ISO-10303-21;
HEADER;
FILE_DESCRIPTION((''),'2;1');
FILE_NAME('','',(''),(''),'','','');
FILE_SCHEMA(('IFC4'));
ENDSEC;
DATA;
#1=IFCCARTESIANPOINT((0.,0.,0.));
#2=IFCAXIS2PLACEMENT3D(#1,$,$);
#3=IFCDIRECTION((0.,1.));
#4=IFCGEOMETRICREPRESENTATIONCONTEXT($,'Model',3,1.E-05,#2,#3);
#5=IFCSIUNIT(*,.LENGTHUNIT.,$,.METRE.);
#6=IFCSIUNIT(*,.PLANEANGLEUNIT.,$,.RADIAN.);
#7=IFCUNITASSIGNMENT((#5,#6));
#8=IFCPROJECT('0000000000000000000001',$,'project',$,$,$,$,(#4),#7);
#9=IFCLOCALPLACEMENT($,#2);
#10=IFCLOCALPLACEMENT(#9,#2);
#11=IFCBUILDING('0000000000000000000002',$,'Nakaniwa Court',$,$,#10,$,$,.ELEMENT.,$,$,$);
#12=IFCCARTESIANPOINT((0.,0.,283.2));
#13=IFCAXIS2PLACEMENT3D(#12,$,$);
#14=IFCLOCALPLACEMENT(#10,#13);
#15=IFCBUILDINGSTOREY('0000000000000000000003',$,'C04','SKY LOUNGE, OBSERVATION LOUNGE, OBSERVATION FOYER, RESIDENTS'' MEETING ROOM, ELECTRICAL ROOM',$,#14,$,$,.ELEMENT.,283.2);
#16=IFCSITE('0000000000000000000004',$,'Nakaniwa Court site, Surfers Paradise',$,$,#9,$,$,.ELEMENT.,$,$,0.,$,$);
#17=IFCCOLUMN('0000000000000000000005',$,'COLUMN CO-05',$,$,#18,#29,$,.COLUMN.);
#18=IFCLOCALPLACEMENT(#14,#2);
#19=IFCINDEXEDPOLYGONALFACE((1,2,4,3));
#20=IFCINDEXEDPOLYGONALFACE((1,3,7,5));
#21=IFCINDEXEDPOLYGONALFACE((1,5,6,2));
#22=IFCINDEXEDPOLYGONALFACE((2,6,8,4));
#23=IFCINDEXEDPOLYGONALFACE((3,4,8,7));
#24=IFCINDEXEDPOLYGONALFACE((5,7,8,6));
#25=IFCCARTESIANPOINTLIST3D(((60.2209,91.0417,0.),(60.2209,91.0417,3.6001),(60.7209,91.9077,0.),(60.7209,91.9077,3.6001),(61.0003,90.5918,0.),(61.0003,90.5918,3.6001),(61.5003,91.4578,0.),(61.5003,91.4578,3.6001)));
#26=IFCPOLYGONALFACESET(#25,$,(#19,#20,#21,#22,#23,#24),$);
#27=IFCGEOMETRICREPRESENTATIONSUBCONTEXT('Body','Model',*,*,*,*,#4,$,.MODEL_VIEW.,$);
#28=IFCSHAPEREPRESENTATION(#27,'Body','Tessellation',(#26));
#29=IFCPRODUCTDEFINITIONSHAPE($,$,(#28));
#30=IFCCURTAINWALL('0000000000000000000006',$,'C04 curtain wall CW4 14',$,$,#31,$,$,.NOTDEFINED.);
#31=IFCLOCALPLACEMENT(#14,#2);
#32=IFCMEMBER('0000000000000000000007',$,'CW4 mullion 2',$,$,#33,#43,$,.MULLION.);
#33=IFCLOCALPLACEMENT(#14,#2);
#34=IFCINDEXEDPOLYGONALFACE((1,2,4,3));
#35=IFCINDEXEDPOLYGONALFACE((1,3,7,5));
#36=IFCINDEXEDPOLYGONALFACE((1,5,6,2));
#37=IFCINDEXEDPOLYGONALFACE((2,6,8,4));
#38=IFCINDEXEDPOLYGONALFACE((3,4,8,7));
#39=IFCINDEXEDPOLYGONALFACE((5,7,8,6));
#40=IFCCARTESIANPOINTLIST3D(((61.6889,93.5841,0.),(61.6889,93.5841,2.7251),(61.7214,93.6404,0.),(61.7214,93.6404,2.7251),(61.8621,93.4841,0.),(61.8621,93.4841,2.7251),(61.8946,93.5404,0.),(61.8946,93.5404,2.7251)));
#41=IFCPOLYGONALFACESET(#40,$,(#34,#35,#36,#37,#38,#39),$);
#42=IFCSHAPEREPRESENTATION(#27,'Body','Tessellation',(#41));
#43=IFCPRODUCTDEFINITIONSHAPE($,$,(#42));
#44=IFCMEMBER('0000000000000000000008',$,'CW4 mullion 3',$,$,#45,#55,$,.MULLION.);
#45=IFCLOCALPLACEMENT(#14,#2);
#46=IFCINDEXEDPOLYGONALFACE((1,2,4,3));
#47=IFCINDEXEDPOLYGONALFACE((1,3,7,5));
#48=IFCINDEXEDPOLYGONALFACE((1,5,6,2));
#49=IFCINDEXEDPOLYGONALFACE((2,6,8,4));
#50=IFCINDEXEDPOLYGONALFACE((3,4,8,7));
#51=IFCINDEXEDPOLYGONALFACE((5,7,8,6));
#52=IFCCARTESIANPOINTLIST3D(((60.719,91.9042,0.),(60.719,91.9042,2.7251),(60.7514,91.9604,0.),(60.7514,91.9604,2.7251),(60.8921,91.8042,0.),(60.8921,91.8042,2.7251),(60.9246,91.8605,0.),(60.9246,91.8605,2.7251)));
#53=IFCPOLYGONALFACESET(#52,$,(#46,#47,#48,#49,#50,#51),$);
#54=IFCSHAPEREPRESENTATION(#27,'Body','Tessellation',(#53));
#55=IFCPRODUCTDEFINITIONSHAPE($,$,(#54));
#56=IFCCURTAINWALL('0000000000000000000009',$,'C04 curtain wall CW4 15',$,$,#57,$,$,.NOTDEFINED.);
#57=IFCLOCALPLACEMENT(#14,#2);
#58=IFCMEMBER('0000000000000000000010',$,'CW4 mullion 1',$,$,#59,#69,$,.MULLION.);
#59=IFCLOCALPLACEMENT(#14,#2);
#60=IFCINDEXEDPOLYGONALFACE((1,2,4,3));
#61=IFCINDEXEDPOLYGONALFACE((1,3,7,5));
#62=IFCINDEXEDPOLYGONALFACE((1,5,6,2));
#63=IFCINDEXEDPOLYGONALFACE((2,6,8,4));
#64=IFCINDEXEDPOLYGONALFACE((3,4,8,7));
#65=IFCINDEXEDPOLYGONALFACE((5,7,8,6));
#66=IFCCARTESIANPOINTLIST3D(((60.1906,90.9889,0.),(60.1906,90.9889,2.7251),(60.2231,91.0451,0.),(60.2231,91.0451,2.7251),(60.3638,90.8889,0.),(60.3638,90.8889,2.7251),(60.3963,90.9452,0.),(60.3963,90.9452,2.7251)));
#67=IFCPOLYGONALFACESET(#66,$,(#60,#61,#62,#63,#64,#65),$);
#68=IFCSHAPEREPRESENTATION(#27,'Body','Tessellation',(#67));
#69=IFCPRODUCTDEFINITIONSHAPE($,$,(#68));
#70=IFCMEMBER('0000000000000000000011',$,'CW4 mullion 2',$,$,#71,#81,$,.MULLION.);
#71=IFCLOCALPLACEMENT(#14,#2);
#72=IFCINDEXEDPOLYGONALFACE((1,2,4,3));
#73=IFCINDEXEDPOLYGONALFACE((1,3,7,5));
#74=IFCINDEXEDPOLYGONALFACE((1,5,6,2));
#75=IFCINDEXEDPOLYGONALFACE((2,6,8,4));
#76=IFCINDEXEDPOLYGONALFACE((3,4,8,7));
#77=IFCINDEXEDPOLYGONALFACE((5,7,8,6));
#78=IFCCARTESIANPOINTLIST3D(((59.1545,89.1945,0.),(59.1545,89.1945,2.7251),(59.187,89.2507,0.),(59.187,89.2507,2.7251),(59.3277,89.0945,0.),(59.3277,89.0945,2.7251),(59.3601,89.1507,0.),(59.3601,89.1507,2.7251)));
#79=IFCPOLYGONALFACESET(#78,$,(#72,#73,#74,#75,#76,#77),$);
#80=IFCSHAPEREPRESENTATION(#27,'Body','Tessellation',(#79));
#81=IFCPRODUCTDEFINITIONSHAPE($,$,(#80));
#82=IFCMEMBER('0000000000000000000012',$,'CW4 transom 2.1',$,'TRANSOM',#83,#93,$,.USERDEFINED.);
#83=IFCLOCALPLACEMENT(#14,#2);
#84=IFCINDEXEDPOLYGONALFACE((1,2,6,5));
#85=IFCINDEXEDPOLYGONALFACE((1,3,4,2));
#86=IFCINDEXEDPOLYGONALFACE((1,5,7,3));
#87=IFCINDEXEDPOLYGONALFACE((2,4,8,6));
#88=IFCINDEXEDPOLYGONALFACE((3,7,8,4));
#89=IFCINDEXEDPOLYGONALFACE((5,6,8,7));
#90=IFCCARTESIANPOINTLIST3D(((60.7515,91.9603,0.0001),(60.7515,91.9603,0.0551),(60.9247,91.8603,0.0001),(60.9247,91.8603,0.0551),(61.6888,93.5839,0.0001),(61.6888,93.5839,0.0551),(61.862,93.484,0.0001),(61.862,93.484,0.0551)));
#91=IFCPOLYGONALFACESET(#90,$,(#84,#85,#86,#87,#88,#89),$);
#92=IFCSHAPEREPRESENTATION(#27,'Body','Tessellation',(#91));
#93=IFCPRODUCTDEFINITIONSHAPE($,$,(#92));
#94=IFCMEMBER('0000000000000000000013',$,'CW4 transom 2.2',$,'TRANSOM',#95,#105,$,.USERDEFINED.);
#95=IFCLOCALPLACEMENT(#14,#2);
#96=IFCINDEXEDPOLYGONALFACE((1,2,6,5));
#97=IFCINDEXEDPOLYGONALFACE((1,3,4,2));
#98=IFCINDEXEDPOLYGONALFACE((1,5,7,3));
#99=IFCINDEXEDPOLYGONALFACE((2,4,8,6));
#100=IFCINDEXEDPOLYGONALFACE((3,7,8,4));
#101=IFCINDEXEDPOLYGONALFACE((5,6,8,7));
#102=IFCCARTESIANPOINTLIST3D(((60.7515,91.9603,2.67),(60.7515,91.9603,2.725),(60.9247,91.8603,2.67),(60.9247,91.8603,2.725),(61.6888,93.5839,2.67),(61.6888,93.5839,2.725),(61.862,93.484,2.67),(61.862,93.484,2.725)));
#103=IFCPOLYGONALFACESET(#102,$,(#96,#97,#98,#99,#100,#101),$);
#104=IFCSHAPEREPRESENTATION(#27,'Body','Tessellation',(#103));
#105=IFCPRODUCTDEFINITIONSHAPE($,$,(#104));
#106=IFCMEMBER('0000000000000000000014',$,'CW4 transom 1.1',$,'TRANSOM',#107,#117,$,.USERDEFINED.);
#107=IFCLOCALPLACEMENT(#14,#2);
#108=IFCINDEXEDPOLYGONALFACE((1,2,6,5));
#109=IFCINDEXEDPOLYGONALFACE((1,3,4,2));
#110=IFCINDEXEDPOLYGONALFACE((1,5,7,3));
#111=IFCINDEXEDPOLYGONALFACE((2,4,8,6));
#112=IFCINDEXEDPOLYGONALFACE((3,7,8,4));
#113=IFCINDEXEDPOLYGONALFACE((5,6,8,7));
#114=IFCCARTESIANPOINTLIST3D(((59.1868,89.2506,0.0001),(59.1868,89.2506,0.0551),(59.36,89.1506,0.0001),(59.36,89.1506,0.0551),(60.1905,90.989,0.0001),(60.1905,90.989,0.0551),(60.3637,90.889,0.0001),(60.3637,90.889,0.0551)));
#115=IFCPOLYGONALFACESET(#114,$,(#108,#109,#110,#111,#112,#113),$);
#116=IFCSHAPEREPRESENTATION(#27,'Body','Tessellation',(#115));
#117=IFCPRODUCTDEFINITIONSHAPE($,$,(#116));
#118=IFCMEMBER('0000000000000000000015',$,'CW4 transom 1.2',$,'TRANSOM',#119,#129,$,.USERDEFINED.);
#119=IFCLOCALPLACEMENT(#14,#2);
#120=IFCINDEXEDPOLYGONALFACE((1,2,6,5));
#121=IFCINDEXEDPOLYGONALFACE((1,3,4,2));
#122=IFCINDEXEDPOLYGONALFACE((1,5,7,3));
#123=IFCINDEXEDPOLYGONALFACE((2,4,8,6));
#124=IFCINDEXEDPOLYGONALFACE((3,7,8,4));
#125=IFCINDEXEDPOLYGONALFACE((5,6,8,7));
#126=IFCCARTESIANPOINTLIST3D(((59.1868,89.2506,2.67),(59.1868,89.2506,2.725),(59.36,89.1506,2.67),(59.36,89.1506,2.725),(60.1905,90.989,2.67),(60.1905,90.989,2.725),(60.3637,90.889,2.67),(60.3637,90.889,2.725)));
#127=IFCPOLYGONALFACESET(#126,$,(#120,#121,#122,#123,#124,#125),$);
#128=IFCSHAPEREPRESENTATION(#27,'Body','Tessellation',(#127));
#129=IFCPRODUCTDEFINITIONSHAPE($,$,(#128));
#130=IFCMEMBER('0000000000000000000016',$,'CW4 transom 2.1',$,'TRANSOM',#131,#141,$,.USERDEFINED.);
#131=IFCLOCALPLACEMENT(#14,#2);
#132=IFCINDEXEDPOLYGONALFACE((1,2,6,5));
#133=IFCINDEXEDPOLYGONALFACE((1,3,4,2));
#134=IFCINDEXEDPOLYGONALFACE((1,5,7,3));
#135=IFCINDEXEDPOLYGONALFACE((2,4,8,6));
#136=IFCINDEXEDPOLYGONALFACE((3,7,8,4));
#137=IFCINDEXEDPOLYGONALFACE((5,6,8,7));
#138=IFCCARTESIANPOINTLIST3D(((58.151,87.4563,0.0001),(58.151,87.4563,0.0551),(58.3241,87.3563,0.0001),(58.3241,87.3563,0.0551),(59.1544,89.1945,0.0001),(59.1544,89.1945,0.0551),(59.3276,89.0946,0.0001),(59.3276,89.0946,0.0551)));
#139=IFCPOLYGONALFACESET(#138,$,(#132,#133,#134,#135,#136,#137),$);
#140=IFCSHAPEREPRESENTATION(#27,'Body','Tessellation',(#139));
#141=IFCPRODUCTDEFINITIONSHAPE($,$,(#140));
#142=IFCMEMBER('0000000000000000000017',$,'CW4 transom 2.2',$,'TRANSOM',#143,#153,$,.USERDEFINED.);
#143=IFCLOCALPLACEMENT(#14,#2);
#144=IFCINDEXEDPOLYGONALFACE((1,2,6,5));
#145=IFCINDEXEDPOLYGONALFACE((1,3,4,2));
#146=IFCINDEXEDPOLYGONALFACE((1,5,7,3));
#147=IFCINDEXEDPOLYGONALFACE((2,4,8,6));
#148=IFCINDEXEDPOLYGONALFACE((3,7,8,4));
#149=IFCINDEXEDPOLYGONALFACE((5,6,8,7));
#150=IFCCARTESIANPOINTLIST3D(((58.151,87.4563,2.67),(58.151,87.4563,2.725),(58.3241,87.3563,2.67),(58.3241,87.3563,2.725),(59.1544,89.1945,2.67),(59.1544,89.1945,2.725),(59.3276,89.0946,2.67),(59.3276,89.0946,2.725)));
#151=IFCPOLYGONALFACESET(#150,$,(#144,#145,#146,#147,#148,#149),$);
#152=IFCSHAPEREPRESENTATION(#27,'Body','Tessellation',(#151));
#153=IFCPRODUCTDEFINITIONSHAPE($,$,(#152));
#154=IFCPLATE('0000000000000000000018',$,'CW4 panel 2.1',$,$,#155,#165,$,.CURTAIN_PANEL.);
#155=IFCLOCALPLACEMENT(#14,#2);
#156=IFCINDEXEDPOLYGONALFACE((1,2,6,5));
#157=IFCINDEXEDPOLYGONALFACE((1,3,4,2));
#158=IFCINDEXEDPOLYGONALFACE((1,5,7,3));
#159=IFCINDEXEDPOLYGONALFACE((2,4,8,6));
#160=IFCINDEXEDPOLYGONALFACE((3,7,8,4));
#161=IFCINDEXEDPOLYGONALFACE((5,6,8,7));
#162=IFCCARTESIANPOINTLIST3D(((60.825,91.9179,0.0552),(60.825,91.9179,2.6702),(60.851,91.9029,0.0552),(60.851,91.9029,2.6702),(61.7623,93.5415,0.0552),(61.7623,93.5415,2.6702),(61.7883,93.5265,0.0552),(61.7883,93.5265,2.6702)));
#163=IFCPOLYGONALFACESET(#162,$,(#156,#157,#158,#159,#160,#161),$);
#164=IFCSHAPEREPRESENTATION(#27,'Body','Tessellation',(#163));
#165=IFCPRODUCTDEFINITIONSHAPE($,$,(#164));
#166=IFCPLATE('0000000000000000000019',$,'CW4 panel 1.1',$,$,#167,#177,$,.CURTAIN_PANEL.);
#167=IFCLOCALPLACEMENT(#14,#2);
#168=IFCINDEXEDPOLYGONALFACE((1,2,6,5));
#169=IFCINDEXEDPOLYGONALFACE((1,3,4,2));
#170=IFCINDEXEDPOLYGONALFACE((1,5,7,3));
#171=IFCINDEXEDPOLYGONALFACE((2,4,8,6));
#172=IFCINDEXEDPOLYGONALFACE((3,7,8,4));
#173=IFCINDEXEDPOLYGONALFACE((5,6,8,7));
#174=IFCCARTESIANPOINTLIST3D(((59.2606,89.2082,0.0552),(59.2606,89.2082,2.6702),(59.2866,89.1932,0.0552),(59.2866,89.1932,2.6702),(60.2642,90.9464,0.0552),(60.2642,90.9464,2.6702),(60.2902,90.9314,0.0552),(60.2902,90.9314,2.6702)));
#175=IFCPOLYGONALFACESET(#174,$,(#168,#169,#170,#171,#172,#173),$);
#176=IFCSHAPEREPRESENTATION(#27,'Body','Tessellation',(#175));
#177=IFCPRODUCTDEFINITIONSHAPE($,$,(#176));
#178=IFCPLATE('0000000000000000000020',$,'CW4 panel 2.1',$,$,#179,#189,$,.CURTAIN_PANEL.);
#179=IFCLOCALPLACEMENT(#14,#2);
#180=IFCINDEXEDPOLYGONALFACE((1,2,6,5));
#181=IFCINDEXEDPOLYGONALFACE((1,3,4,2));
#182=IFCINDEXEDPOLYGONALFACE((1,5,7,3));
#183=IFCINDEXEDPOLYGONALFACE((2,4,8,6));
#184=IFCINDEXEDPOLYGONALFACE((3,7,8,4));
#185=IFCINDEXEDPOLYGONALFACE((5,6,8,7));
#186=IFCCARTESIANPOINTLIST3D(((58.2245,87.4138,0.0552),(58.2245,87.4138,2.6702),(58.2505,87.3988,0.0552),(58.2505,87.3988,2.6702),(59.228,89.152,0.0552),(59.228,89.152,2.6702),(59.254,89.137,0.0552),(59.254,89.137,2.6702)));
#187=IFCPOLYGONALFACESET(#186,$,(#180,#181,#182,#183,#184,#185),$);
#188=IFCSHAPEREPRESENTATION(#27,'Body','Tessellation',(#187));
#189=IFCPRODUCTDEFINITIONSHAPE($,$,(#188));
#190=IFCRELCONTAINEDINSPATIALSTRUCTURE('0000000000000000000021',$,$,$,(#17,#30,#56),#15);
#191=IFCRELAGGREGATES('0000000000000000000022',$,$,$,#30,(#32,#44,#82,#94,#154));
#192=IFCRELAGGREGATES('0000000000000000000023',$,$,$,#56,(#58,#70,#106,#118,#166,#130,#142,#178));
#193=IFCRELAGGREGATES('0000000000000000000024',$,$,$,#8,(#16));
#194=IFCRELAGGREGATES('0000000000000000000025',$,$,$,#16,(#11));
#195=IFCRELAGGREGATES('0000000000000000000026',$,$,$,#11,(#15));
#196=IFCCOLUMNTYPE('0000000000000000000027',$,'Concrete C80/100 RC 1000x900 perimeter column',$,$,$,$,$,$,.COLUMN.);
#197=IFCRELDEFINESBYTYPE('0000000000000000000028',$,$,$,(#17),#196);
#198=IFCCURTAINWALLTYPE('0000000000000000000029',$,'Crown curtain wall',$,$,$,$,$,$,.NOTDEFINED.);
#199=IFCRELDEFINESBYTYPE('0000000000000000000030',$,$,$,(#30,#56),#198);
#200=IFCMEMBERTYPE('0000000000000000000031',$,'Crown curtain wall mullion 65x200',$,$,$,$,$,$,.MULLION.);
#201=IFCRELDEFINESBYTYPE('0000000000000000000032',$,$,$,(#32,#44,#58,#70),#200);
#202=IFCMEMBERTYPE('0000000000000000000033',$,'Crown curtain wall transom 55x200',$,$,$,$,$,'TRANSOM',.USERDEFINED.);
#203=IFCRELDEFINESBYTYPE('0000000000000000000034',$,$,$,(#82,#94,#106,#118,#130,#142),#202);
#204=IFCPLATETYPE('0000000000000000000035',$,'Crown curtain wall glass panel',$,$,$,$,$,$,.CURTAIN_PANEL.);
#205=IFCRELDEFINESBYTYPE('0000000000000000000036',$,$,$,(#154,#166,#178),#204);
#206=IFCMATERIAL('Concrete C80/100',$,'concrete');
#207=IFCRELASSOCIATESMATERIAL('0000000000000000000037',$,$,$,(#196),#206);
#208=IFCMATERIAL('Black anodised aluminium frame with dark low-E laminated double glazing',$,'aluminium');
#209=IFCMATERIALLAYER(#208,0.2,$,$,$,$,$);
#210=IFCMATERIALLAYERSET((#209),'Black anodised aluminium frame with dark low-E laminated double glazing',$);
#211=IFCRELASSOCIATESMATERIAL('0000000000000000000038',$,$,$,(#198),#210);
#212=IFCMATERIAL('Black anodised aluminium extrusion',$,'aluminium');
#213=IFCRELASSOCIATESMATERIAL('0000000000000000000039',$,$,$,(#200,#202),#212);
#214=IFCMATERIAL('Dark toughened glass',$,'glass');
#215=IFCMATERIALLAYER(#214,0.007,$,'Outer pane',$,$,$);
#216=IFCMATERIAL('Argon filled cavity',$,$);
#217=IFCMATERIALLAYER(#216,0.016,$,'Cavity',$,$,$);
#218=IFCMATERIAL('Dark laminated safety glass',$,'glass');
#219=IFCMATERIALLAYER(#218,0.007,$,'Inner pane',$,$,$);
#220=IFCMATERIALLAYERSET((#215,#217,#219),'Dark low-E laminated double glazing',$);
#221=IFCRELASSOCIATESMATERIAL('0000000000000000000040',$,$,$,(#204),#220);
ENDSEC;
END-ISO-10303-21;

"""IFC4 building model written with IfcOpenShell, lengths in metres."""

from ifc_helpers import new_model, si_unit, direction, frame, origin, origin_2d, place, context, subcontext, project, spatial, rectangle, extrude, material, layer, layer_set, material_profile, profile_set, type_object, element, aggregate, save


model = new_model("IFC4")

# Units and contexts
model_context = context("Model", 3, precision=1e-05, world=origin(), true_north=direction((0.0, 1.0)))
body_context = subcontext(model_context, "Body", "Model", "MODEL_VIEW")
ifc_project = project(units=[si_unit("LENGTHUNIT", "METRE"), si_unit("PLANEANGLEUNIT", "RADIAN")], contexts=[model_context])

# Site, building, storey
site_placement = place(None, origin())
site = spatial("IfcSite", under=ifc_project, at=site_placement, Name="Nakaniwa Court site, Surfers Paradise", CompositionType="ELEMENT", RefElevation=0.0)
building_placement = place(site_placement, origin())
building = spatial("IfcBuilding", under=site, at=building_placement, Name="Nakaniwa Court", CompositionType="ELEMENT")
storey_placement = place(building_placement, frame((0.0, 0.0, 283.2)))
storey = spatial("IfcBuildingStorey", under=building, at=storey_placement, Name="C04", Description="SKY LOUNGE, OBSERVATION LOUNGE, OBSERVATION FOYER, RESIDENTS' MEETING ROOM, ELECTRICAL ROOM", CompositionType="ELEMENT", Elevation=283.2)

# Column
ifc_material_1 = material(Name="Concrete C80/100", Category="concrete")
ifc_material_profile_1 = material_profile(ifc_material_1, rectangle(XDim=1.0, YDim=0.8999, at=origin_2d()), Name="Concrete C80/100 RC 1000x900 perimeter column")
ifc_profile_set_1 = profile_set([ifc_material_profile_1], Name="Concrete C80/100")
column_type = type_object("IfcColumnType", Name="Concrete C80/100 RC 1000x900 perimeter column", PredefinedType="COLUMN", material=ifc_profile_set_1)
column_placement = place(storey_placement, frame((60.8606, 91.2498, 0.0), z_axis=(0.0, 0.0, 1.0), x_axis=(-0.5, -0.866025, 0.0)))
element("IfcColumn", 1, at=column_placement, inside=storey, type_object=column_type, Name="COLUMN CO-05", PredefinedType="COLUMN", context=body_context, shape_type="SweptSolid", body=[
    extrude(rectangle(XDim=1.0, YDim=0.8999, at=origin_2d()), origin(), (0.0, 0.0, 1.0), 3.6001),
])

# Curtain walls, members
ifc_material_2 = material(Name="Black anodised aluminium frame with dark low-E laminated double glazing", Category="aluminium")
ifc_layer_1 = layer(ifc_material_2, 0.2)
ifc_layer_set_1 = layer_set([ifc_layer_1], Name="Black anodised aluminium frame with dark low-E laminated double glazing")
curtain_wall_type = type_object("IfcCurtainWallType", Name="Crown curtain wall", PredefinedType="NOTDEFINED", material=ifc_layer_set_1)
curtain_wall_1_placement = place(storey_placement, origin())
curtain_wall_1 = element("IfcCurtainWall", 2, at=curtain_wall_1_placement, inside=storey, type_object=curtain_wall_type, Name="C04 curtain wall CW4 14", PredefinedType="NOTDEFINED")
ifc_material_3 = material(Name="Black anodised aluminium extrusion", Category="aluminium")
ifc_material_profile_2 = material_profile(ifc_material_3, rectangle(XDim=0.2, YDim=0.0649, at=origin_2d()), Name="Crown curtain wall mullion 65x200")
ifc_profile_set_2 = profile_set([ifc_material_profile_2], Name="Black anodised aluminium extrusion")
member_type_1 = type_object("IfcMemberType", Name="Crown curtain wall mullion 65x200", PredefinedType="MULLION", material=ifc_profile_set_2)
member_1_placement = place(storey_placement, frame((61.7917, 93.5623, 0.0), z_axis=(0.0, 0.0, 1.0), x_axis=(0.866033, -0.499987, 0.0)))
member_1 = element("IfcMember", 3, at=member_1_placement, type_object=member_type_1, Name="CW4 mullion 2", PredefinedType="MULLION", context=body_context, shape_type="SweptSolid", body=[
    extrude(rectangle(XDim=0.2, YDim=0.0649, at=origin_2d()), origin(), (0.0, 0.0, 1.0), 2.7251),
])
member_2_placement = place(storey_placement, frame((60.8218, 91.8823, 0.0), z_axis=(0.0, 0.0, 1.0), x_axis=(0.866033, -0.499987, 0.0)))
member_2 = element("IfcMember", 4, at=member_2_placement, type_object=member_type_1, Name="CW4 mullion 3", PredefinedType="MULLION", context=body_context, shape_type="SweptSolid", body=[
    extrude(rectangle(XDim=0.2, YDim=0.0649, at=origin_2d()), origin(), (0.0, 0.0, 1.0), 2.7251),
])
curtain_wall_2_placement = place(storey_placement, origin())
curtain_wall_2 = element("IfcCurtainWall", 5, at=curtain_wall_2_placement, inside=storey, type_object=curtain_wall_type, Name="C04 curtain wall CW4 15", PredefinedType="NOTDEFINED")
member_3_placement = place(storey_placement, frame((60.2935, 90.967, 0.0), z_axis=(0.0, 0.0, 1.0), x_axis=(0.866021, -0.500008, 0.0)))
member_3 = element("IfcMember", 6, at=member_3_placement, type_object=member_type_1, Name="CW4 mullion 1", PredefinedType="MULLION", context=body_context, shape_type="SweptSolid", body=[
    extrude(rectangle(XDim=0.2, YDim=0.0649, at=origin_2d()), origin(), (0.0, 0.0, 1.0), 2.7251),
])
member_4_placement = place(storey_placement, frame((59.2573, 89.1726, 0.0), z_axis=(0.0, 0.0, 1.0), x_axis=(0.866021, -0.500008, 0.0)))
member_4 = element("IfcMember", 7, at=member_4_placement, type_object=member_type_1, Name="CW4 mullion 2", PredefinedType="MULLION", context=body_context, shape_type="SweptSolid", body=[
    extrude(rectangle(XDim=0.2, YDim=0.0649, at=origin_2d()), origin(), (0.0, 0.0, 1.0), 2.7251),
])

# Members
ifc_material_profile_3 = material_profile(ifc_material_3, rectangle(XDim=0.2, YDim=0.0549, at=origin_2d()), Name="Crown curtain wall transom 55x200")
ifc_profile_set_3 = profile_set([ifc_material_profile_3], Name="Black anodised aluminium extrusion")
member_type_2 = type_object("IfcMemberType", Name="Crown curtain wall transom 55x200", ElementType="TRANSOM", PredefinedType="USERDEFINED", material=ifc_profile_set_3)
member_5_placement = place(storey_placement, frame((61.7754, 93.5339, 0.0276), z_axis=(-0.499963, -0.866047, 0.0), x_axis=(0.866047, -0.499963, 0.0)))
member_5 = element("IfcMember", 8, at=member_5_placement, type_object=member_type_2, Name="CW4 transom 2.1", ObjectType="TRANSOM", PredefinedType="USERDEFINED", context=body_context, shape_type="SweptSolid", body=[
    extrude(rectangle(XDim=0.2, YDim=0.0549, at=origin_2d()), origin(), (0.0, 0.0, 1.0), 1.8748),
])
member_6_placement = place(storey_placement, frame((61.7754, 93.5339, 2.6975), z_axis=(-0.499963, -0.866047, 0.0), x_axis=(0.866047, -0.499963, 0.0)))
member_6 = element("IfcMember", 9, at=member_6_placement, type_object=member_type_2, Name="CW4 transom 2.2", ObjectType="TRANSOM", PredefinedType="USERDEFINED", context=body_context, shape_type="SweptSolid", body=[
    extrude(rectangle(XDim=0.2, YDim=0.0549, at=origin_2d()), origin(), (0.0, 0.0, 1.0), 1.8748),
])
member_7_placement = place(storey_placement, frame((60.2771, 90.939, 0.0276), z_axis=(-0.500024, -0.866011, 0.0), x_axis=(0.866011, -0.500024, 0.0)))
member_7 = element("IfcMember", 10, at=member_7_placement, type_object=member_type_2, Name="CW4 transom 1.1", ObjectType="TRANSOM", PredefinedType="USERDEFINED", context=body_context, shape_type="SweptSolid", body=[
    extrude(rectangle(XDim=0.2, YDim=0.0549, at=origin_2d()), origin(), (0.0, 0.0, 1.0), 2.0073),
])
member_8_placement = place(storey_placement, frame((60.2771, 90.939, 2.6975), z_axis=(-0.500024, -0.866011, 0.0), x_axis=(0.866011, -0.500024, 0.0)))
member_8 = element("IfcMember", 11, at=member_8_placement, type_object=member_type_2, Name="CW4 transom 1.2", ObjectType="TRANSOM", PredefinedType="USERDEFINED", context=body_context, shape_type="SweptSolid", body=[
    extrude(rectangle(XDim=0.2, YDim=0.0549, at=origin_2d()), origin(), (0.0, 0.0, 1.0), 2.0073),
])
member_9_placement = place(storey_placement, frame((59.241, 89.1445, 0.0276), z_axis=(-0.499933, -0.866064, 0.0), x_axis=(0.866064, -0.499933, 0.0)))
member_9 = element("IfcMember", 12, at=member_9_placement, type_object=member_type_2, Name="CW4 transom 2.1", ObjectType="TRANSOM", PredefinedType="USERDEFINED", context=body_context, shape_type="SweptSolid", body=[
    extrude(rectangle(XDim=0.2, YDim=0.0549, at=origin_2d()), origin(), (0.0, 0.0, 1.0), 2.0071),
])
member_10_placement = place(storey_placement, frame((59.241, 89.1445, 2.6975), z_axis=(-0.499933, -0.866064, 0.0), x_axis=(0.866064, -0.499933, 0.0)))
member_10 = element("IfcMember", 13, at=member_10_placement, type_object=member_type_2, Name="CW4 transom 2.2", ObjectType="TRANSOM", PredefinedType="USERDEFINED", context=body_context, shape_type="SweptSolid", body=[
    extrude(rectangle(XDim=0.2, YDim=0.0549, at=origin_2d()), origin(), (0.0, 0.0, 1.0), 2.0071),
])

# Plates
ifc_material_4 = material(Name="Dark toughened glass", Category="glass")
ifc_layer_2 = layer(ifc_material_4, 0.007, Name="Outer pane")
ifc_material_5 = material(Name="Argon filled cavity")
ifc_layer_3 = layer(ifc_material_5, 0.016, Name="Cavity")
ifc_material_6 = material(Name="Dark laminated safety glass", Category="glass")
ifc_layer_4 = layer(ifc_material_6, 0.007, Name="Inner pane")
ifc_layer_set_2 = layer_set([ifc_layer_2, ifc_layer_3, ifc_layer_4], Name="Dark low-E laminated double glazing")
plate_type = type_object("IfcPlateType", Name="Crown curtain wall glass panel", PredefinedType="CURTAIN_PANEL", material=ifc_layer_set_2)
plate_1_placement = place(storey_placement, frame((61.3066, 92.7222, 0.0552), z_axis=(0.0, 0.0, 1.0), x_axis=(-0.499987, -0.866033, 0.0)))
plate_1 = element("IfcPlate", 14, at=plate_1_placement, type_object=plate_type, Name="CW4 panel 2.1", PredefinedType="CURTAIN_PANEL", context=body_context, shape_type="SweptSolid", body=[
    extrude(rectangle(XDim=1.8748, YDim=0.03, at=origin_2d()), origin(), (0.0, 0.0, 1.0), 2.615),
])
aggregate(curtain_wall_1, [member_1, member_2, member_5, member_6, plate_1])
plate_2_placement = place(storey_placement, frame((59.7754, 90.0698, 0.0552), z_axis=(0.0, 0.0, 1.0), x_axis=(-0.500008, -0.866021, 0.0)))
plate_2 = element("IfcPlate", 15, at=plate_2_placement, type_object=plate_type, Name="CW4 panel 1.1", PredefinedType="CURTAIN_PANEL", context=body_context, shape_type="SweptSolid", body=[
    extrude(rectangle(XDim=2.0071, YDim=0.03, at=origin_2d()), origin(), (0.0, 0.0, 1.0), 2.615),
])
plate_3_placement = place(storey_placement, frame((58.7393, 88.2754, 0.0552), z_axis=(0.0, 0.0, 1.0), x_axis=(-0.500008, -0.866021, 0.0)))
plate_3 = element("IfcPlate", 16, at=plate_3_placement, type_object=plate_type, Name="CW4 panel 2.1", PredefinedType="CURTAIN_PANEL", context=body_context, shape_type="SweptSolid", body=[
    extrude(rectangle(XDim=2.0071, YDim=0.03, at=origin_2d()), origin(), (0.0, 0.0, 1.0), 2.615),
])
aggregate(curtain_wall_2, [member_3, member_4, member_7, member_8, plate_2, member_9, member_10, plate_3])

save(model, "model.ifc")
